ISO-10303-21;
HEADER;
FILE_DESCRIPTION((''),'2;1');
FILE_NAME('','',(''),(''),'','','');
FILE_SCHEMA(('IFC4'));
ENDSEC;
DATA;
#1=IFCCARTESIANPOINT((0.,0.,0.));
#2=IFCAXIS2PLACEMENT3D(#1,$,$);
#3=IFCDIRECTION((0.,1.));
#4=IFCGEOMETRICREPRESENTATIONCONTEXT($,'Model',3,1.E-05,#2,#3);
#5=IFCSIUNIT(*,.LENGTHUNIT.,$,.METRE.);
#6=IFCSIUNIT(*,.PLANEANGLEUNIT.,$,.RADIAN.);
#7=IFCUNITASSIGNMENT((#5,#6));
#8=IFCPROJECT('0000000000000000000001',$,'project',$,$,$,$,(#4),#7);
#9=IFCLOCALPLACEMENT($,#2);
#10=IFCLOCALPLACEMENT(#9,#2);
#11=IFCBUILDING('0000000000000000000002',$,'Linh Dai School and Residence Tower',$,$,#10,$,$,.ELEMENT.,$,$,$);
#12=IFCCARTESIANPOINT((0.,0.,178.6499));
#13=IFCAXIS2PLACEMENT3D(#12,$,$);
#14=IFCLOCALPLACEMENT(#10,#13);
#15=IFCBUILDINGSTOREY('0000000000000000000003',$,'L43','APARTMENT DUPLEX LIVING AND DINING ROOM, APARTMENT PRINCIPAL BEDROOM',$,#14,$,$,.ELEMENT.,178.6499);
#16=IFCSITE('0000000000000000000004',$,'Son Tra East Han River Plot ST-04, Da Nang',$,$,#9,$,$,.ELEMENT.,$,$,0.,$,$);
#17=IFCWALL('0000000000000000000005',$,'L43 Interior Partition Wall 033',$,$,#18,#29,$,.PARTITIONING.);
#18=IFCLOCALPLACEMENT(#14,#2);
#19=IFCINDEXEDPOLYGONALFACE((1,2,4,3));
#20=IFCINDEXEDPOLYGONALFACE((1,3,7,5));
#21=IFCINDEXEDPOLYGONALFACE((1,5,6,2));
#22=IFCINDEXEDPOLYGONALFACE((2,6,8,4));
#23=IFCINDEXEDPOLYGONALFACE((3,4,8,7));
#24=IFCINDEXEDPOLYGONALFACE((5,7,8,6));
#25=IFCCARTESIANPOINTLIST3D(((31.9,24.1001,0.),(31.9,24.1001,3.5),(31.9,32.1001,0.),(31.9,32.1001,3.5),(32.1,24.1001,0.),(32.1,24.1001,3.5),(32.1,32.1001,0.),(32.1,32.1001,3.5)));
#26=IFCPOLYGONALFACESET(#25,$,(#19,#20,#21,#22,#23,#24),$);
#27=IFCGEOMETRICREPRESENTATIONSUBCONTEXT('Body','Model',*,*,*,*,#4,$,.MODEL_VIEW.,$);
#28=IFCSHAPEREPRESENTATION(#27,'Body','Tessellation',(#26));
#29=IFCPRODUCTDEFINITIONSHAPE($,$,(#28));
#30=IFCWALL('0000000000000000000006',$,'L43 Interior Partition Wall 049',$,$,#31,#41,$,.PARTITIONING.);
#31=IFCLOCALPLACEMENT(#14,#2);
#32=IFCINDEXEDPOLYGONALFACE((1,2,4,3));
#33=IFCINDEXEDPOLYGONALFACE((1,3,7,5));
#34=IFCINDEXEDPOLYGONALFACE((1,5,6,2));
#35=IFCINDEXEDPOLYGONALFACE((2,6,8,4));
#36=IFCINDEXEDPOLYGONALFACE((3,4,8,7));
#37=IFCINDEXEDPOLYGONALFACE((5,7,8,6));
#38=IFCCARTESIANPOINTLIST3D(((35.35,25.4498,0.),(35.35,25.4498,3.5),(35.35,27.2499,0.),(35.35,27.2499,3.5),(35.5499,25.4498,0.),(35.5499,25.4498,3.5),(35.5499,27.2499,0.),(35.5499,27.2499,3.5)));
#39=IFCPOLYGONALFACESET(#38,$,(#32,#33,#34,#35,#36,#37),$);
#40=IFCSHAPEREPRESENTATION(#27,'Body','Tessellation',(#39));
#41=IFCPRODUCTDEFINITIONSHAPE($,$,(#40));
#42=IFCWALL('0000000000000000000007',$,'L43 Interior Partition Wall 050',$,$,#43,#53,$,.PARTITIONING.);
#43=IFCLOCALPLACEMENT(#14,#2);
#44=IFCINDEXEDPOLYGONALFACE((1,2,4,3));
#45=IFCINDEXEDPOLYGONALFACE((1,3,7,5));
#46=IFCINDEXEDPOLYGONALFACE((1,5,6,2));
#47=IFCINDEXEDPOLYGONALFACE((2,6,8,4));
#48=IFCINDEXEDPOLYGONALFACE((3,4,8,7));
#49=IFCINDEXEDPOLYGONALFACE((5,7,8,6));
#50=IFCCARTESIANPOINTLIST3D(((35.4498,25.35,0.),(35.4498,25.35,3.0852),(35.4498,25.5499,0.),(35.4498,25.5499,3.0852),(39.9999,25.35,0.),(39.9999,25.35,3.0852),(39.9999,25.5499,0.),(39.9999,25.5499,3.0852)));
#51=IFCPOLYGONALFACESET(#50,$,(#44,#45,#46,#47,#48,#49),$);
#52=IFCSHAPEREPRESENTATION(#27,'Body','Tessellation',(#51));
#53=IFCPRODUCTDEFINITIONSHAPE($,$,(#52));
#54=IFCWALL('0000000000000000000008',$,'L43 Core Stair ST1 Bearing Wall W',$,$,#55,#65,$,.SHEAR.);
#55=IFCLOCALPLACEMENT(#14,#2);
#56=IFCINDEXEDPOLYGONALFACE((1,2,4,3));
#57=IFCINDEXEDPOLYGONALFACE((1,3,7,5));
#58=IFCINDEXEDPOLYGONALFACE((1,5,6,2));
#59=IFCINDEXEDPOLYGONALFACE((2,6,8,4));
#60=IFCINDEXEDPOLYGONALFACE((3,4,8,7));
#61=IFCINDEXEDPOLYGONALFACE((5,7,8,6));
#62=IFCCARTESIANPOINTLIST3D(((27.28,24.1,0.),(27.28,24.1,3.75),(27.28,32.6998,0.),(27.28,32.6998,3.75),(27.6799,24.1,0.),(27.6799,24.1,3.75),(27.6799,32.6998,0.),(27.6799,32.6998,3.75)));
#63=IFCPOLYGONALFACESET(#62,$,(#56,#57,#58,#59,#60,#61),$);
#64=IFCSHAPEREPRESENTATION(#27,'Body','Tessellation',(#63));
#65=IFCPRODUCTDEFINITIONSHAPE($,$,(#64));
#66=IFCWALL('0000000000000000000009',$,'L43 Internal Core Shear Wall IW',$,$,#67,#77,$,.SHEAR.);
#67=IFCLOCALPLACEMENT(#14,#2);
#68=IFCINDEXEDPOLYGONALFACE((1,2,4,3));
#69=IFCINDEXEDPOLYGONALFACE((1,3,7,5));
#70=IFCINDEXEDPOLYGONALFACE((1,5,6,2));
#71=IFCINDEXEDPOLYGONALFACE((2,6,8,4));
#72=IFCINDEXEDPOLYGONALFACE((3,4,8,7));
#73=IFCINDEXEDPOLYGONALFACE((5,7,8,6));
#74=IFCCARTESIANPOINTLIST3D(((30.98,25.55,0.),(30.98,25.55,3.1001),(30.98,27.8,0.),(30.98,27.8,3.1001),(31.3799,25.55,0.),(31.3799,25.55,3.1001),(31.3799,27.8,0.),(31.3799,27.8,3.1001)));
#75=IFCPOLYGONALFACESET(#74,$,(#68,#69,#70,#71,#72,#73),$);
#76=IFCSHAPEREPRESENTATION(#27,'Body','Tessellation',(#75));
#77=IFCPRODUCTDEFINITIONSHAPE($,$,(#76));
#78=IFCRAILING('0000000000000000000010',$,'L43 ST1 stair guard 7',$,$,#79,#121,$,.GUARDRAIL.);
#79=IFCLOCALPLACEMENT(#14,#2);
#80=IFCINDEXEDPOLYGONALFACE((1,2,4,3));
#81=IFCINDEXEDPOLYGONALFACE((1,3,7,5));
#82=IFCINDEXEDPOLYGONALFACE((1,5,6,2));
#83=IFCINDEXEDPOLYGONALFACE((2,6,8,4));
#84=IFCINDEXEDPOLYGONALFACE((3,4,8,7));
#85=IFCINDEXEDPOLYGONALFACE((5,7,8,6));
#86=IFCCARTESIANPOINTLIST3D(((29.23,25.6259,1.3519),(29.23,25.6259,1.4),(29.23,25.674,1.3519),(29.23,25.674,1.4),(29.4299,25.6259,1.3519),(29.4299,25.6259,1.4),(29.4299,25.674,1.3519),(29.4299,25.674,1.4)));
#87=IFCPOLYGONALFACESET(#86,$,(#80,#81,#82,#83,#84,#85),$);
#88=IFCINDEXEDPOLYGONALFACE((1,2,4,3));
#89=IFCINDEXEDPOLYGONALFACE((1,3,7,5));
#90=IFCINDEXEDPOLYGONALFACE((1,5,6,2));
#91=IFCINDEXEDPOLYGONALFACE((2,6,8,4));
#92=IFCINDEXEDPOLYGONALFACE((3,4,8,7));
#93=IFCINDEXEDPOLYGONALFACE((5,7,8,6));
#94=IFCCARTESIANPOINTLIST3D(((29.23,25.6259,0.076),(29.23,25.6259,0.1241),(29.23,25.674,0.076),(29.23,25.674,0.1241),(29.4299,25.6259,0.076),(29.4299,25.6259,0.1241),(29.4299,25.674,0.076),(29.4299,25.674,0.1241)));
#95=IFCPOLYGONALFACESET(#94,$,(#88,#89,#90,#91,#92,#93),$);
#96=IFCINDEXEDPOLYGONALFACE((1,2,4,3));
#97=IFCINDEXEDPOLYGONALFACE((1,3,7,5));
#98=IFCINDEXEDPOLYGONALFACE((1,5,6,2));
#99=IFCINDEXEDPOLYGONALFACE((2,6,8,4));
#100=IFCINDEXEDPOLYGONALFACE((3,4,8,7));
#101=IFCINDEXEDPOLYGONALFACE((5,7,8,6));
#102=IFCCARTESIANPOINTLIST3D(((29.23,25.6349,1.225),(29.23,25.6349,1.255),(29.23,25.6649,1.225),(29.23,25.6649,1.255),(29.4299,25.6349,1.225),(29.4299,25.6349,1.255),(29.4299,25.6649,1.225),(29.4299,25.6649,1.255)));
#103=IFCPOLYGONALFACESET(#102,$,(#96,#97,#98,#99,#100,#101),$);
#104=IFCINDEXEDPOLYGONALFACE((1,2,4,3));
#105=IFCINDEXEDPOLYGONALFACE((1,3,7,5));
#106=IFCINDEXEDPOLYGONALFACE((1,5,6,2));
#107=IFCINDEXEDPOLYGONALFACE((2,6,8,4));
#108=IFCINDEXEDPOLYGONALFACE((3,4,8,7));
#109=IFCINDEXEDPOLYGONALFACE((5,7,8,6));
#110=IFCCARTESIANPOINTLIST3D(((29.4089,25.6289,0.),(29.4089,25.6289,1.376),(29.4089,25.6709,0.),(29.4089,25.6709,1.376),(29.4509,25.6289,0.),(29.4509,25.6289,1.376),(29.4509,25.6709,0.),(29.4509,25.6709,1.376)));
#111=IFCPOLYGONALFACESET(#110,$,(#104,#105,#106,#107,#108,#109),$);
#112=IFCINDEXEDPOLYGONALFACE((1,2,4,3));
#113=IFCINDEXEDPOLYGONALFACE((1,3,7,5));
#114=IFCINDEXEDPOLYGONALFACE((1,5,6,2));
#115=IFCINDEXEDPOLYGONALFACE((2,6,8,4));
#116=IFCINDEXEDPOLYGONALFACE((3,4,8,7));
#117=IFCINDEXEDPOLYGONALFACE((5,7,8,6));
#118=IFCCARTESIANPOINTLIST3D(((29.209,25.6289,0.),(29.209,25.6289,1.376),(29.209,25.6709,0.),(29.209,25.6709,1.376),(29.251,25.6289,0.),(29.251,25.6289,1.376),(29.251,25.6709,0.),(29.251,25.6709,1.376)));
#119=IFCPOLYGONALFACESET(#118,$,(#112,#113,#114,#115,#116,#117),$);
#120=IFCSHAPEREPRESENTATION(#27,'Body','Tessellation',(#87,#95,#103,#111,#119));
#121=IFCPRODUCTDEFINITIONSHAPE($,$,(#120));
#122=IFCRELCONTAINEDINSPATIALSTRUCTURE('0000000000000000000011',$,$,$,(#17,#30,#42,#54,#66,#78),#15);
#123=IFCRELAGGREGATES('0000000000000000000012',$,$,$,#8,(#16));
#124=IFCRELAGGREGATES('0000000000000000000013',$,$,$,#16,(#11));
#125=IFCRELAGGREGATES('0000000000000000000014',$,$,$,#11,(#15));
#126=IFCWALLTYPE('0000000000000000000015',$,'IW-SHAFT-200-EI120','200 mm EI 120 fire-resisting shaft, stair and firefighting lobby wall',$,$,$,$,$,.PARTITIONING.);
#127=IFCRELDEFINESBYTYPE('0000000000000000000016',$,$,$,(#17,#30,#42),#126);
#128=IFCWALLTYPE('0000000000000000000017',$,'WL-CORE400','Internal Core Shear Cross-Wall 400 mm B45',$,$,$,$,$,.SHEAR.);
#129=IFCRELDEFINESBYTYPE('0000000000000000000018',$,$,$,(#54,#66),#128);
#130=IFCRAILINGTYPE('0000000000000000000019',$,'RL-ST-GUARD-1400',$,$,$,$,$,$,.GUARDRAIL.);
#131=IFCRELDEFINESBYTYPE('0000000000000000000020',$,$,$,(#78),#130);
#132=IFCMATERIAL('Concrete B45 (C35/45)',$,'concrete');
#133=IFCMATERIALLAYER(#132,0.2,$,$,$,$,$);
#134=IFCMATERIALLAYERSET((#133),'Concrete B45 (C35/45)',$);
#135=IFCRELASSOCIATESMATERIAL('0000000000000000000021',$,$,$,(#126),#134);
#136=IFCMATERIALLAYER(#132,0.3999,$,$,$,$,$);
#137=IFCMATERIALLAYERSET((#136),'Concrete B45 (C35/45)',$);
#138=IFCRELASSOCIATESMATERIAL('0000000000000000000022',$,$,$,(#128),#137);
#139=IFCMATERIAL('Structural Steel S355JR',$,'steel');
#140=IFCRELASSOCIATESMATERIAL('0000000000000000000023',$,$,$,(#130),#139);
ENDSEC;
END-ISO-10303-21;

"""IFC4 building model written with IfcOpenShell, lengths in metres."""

from ifc_helpers import new_model, si_unit, direction, frame, frame_2d, origin, origin_2d, place, context, subcontext, project, spatial, rectangle, extrude, source, transform, mapped, material, layer, layer_set, type_object, element, save


model = new_model("IFC4")

# Units and contexts
model_context = context("Model", 3, precision=1e-05, world=origin(), true_north=direction((0.0, 1.0)))
body_context = subcontext(model_context, "Body", "Model", "MODEL_VIEW")
ifc_project = project(units=[si_unit("LENGTHUNIT", "METRE"), si_unit("PLANEANGLEUNIT", "RADIAN")], contexts=[model_context])

# Site, building, storey
site_placement = place(None, origin())
site = spatial("IfcSite", under=ifc_project, at=site_placement, Name="Son Tra East Han River Plot ST-04, Da Nang", CompositionType="ELEMENT", RefElevation=0.0)
building_placement = place(site_placement, origin())
building = spatial("IfcBuilding", under=site, at=building_placement, Name="Linh Dai School and Residence Tower", CompositionType="ELEMENT")
storey_placement = place(building_placement, frame((0.0, 0.0, 178.6499)))
storey = spatial("IfcBuildingStorey", under=building, at=storey_placement, Name="L43", Description="APARTMENT DUPLEX LIVING AND DINING ROOM, APARTMENT PRINCIPAL BEDROOM", CompositionType="ELEMENT", Elevation=178.6499)

# Shared definitions
ifc_material_1 = material(Name="Structural Steel S355JR", Category="steel")

# Shared definitions
ifc_material_2 = material(Name="Concrete B45 (C35/45)", Category="concrete")
ifc_layer_1 = layer(ifc_material_2, 0.2)
ifc_layer_set_1 = layer_set([ifc_layer_1], Name="Concrete B45 (C35/45)")
wall_type_1 = type_object("IfcWallType", Name="IW-SHAFT-200-EI120", Description="200 mm EI 120 fire-resisting shaft, stair and firefighting lobby wall", PredefinedType="PARTITIONING", material=ifc_layer_set_1)

# Wall
wall_1_placement = place(storey_placement, frame((32.0, 24.1001, 0.0), z_axis=(0.0, 0.0, 1.0), x_axis=(0.0, 1.0, 0.0)))
element("IfcWall", 1, at=wall_1_placement, inside=storey, type_object=wall_type_1, Name="L43 Interior Partition Wall 033", PredefinedType="PARTITIONING", context=body_context, shape_type="SweptSolid", body=[
    extrude(rectangle(XDim=8.0, YDim=0.2, at=frame_2d((4.0, 0.0))), origin(), (0.0, 0.0, 1.0), 3.5),
])

# Walls
wall_2_placement = place(storey_placement, frame((35.45, 25.45, 0.0), z_axis=(0.0, 0.0, 1.0), x_axis=(0.0, 1.0, 0.0)))
element("IfcWall", 2, at=wall_2_placement, inside=storey, type_object=wall_type_1, Name="L43 Interior Partition Wall 049", PredefinedType="PARTITIONING", context=body_context, shape_type="SweptSolid", body=[
    extrude(rectangle(XDim=1.8, YDim=0.2, at=frame_2d((0.8999, 0.0))), origin(), (0.0, 0.0, 1.0), 3.5),
])
wall_3_placement = place(storey_placement, frame((35.45, 25.45, 0.0), z_axis=(0.0, 0.0, 1.0), x_axis=(1.0, 0.0, 0.0)))
element("IfcWall", 3, at=wall_3_placement, inside=storey, type_object=wall_type_1, Name="L43 Interior Partition Wall 050", PredefinedType="PARTITIONING", context=body_context, shape_type="SweptSolid", body=[
    extrude(rectangle(XDim=4.55, YDim=0.2, at=frame_2d((2.2749, 0.0))), origin(), (0.0, 0.0, 1.0), 3.0852),
])
ifc_layer_2 = layer(ifc_material_2, 0.3999)
ifc_layer_set_2 = layer_set([ifc_layer_2], Name="Concrete B45 (C35/45)")
wall_type_2 = type_object("IfcWallType", Name="WL-CORE400", Description="Internal Core Shear Cross-Wall 400 mm B45", PredefinedType="SHEAR", material=ifc_layer_set_2)
wall_4_placement = place(storey_placement, frame((27.48, 24.1001, 0.0), z_axis=(0.0, 0.0, 1.0), x_axis=(0.0, 1.0, 0.0)))
element("IfcWall", 4, at=wall_4_placement, inside=storey, type_object=wall_type_2, Name="L43 Core Stair ST1 Bearing Wall W", PredefinedType="SHEAR", context=body_context, shape_type="SweptSolid", body=[
    extrude(rectangle(XDim=8.5999, YDim=0.3999, at=frame_2d((4.2998, 0.0))), origin(), (0.0, 0.0, 1.0), 3.75),
])
wall_5_placement = place(storey_placement, frame((31.1799, 25.55, 0.0), z_axis=(0.0, 0.0, 1.0), x_axis=(0.0, 1.0, 0.0)))
element("IfcWall", 5, at=wall_5_placement, inside=storey, type_object=wall_type_2, Name="L43 Internal Core Shear Wall IW", PredefinedType="SHEAR", context=body_context, shape_type="SweptSolid", body=[
    extrude(rectangle(XDim=2.25, YDim=0.3999, at=frame_2d((1.125, 0.0))), origin(), (0.0, 0.0, 1.0), 3.1001),
])

# Railing
railing_type = type_object("IfcRailingType", Name="RL-ST-GUARD-1400", PredefinedType="GUARDRAIL", material=ifc_material_1)
shared_shape_1 = source(origin(), body_context, "Body", "SweptSolid", [
    extrude(rectangle(XDim=0.0481, YDim=0.0481, at=origin_2d()), frame((0.0, 0.0, 1.376), z_axis=(-1.0, 0.0, 0.0), x_axis=(0.0, -1.0, 0.0)), (0.0, 0.0, 1.0), 0.2),
    extrude(rectangle(XDim=0.0481, YDim=0.0481, at=origin_2d()), frame((0.0, 0.0, 0.1001), z_axis=(-1.0, 0.0, 0.0), x_axis=(0.0, -1.0, 0.0)), (0.0, 0.0, 1.0), 0.2),
    extrude(rectangle(XDim=0.03, YDim=0.03, at=origin_2d()), frame((0.0, 0.0, 1.24), z_axis=(-1.0, 0.0, 0.0), x_axis=(0.0, -1.0, 0.0)), (0.0, 0.0, 1.0), 0.2),
    extrude(rectangle(XDim=0.042, YDim=0.042, at=origin_2d()), origin(), (0.0, 0.0, 1.0), 1.376),
    extrude(rectangle(XDim=0.042, YDim=0.042, at=origin_2d()), frame((-0.2, 0.0, 0.0)), (0.0, 0.0, 1.0), 1.376),
])
railing_placement = place(storey_placement, frame((29.4299, 25.6499, 0.0)))
element("IfcRailing", 6, at=railing_placement, inside=storey, type_object=railing_type, Name="L43 ST1 stair guard 7", PredefinedType="GUARDRAIL", context=body_context, shape_type="MappedRepresentation", body=[
    mapped(shared_shape_1, transform((0.0, 0.0, 0.0), x_axis=(1.0, 0.0, 0.0), y_axis=(0.0, 1.0, 0.0), z_axis=(0.0, 0.0, 1.0), scale=1.0)),
])

save(model, "model.ifc")
